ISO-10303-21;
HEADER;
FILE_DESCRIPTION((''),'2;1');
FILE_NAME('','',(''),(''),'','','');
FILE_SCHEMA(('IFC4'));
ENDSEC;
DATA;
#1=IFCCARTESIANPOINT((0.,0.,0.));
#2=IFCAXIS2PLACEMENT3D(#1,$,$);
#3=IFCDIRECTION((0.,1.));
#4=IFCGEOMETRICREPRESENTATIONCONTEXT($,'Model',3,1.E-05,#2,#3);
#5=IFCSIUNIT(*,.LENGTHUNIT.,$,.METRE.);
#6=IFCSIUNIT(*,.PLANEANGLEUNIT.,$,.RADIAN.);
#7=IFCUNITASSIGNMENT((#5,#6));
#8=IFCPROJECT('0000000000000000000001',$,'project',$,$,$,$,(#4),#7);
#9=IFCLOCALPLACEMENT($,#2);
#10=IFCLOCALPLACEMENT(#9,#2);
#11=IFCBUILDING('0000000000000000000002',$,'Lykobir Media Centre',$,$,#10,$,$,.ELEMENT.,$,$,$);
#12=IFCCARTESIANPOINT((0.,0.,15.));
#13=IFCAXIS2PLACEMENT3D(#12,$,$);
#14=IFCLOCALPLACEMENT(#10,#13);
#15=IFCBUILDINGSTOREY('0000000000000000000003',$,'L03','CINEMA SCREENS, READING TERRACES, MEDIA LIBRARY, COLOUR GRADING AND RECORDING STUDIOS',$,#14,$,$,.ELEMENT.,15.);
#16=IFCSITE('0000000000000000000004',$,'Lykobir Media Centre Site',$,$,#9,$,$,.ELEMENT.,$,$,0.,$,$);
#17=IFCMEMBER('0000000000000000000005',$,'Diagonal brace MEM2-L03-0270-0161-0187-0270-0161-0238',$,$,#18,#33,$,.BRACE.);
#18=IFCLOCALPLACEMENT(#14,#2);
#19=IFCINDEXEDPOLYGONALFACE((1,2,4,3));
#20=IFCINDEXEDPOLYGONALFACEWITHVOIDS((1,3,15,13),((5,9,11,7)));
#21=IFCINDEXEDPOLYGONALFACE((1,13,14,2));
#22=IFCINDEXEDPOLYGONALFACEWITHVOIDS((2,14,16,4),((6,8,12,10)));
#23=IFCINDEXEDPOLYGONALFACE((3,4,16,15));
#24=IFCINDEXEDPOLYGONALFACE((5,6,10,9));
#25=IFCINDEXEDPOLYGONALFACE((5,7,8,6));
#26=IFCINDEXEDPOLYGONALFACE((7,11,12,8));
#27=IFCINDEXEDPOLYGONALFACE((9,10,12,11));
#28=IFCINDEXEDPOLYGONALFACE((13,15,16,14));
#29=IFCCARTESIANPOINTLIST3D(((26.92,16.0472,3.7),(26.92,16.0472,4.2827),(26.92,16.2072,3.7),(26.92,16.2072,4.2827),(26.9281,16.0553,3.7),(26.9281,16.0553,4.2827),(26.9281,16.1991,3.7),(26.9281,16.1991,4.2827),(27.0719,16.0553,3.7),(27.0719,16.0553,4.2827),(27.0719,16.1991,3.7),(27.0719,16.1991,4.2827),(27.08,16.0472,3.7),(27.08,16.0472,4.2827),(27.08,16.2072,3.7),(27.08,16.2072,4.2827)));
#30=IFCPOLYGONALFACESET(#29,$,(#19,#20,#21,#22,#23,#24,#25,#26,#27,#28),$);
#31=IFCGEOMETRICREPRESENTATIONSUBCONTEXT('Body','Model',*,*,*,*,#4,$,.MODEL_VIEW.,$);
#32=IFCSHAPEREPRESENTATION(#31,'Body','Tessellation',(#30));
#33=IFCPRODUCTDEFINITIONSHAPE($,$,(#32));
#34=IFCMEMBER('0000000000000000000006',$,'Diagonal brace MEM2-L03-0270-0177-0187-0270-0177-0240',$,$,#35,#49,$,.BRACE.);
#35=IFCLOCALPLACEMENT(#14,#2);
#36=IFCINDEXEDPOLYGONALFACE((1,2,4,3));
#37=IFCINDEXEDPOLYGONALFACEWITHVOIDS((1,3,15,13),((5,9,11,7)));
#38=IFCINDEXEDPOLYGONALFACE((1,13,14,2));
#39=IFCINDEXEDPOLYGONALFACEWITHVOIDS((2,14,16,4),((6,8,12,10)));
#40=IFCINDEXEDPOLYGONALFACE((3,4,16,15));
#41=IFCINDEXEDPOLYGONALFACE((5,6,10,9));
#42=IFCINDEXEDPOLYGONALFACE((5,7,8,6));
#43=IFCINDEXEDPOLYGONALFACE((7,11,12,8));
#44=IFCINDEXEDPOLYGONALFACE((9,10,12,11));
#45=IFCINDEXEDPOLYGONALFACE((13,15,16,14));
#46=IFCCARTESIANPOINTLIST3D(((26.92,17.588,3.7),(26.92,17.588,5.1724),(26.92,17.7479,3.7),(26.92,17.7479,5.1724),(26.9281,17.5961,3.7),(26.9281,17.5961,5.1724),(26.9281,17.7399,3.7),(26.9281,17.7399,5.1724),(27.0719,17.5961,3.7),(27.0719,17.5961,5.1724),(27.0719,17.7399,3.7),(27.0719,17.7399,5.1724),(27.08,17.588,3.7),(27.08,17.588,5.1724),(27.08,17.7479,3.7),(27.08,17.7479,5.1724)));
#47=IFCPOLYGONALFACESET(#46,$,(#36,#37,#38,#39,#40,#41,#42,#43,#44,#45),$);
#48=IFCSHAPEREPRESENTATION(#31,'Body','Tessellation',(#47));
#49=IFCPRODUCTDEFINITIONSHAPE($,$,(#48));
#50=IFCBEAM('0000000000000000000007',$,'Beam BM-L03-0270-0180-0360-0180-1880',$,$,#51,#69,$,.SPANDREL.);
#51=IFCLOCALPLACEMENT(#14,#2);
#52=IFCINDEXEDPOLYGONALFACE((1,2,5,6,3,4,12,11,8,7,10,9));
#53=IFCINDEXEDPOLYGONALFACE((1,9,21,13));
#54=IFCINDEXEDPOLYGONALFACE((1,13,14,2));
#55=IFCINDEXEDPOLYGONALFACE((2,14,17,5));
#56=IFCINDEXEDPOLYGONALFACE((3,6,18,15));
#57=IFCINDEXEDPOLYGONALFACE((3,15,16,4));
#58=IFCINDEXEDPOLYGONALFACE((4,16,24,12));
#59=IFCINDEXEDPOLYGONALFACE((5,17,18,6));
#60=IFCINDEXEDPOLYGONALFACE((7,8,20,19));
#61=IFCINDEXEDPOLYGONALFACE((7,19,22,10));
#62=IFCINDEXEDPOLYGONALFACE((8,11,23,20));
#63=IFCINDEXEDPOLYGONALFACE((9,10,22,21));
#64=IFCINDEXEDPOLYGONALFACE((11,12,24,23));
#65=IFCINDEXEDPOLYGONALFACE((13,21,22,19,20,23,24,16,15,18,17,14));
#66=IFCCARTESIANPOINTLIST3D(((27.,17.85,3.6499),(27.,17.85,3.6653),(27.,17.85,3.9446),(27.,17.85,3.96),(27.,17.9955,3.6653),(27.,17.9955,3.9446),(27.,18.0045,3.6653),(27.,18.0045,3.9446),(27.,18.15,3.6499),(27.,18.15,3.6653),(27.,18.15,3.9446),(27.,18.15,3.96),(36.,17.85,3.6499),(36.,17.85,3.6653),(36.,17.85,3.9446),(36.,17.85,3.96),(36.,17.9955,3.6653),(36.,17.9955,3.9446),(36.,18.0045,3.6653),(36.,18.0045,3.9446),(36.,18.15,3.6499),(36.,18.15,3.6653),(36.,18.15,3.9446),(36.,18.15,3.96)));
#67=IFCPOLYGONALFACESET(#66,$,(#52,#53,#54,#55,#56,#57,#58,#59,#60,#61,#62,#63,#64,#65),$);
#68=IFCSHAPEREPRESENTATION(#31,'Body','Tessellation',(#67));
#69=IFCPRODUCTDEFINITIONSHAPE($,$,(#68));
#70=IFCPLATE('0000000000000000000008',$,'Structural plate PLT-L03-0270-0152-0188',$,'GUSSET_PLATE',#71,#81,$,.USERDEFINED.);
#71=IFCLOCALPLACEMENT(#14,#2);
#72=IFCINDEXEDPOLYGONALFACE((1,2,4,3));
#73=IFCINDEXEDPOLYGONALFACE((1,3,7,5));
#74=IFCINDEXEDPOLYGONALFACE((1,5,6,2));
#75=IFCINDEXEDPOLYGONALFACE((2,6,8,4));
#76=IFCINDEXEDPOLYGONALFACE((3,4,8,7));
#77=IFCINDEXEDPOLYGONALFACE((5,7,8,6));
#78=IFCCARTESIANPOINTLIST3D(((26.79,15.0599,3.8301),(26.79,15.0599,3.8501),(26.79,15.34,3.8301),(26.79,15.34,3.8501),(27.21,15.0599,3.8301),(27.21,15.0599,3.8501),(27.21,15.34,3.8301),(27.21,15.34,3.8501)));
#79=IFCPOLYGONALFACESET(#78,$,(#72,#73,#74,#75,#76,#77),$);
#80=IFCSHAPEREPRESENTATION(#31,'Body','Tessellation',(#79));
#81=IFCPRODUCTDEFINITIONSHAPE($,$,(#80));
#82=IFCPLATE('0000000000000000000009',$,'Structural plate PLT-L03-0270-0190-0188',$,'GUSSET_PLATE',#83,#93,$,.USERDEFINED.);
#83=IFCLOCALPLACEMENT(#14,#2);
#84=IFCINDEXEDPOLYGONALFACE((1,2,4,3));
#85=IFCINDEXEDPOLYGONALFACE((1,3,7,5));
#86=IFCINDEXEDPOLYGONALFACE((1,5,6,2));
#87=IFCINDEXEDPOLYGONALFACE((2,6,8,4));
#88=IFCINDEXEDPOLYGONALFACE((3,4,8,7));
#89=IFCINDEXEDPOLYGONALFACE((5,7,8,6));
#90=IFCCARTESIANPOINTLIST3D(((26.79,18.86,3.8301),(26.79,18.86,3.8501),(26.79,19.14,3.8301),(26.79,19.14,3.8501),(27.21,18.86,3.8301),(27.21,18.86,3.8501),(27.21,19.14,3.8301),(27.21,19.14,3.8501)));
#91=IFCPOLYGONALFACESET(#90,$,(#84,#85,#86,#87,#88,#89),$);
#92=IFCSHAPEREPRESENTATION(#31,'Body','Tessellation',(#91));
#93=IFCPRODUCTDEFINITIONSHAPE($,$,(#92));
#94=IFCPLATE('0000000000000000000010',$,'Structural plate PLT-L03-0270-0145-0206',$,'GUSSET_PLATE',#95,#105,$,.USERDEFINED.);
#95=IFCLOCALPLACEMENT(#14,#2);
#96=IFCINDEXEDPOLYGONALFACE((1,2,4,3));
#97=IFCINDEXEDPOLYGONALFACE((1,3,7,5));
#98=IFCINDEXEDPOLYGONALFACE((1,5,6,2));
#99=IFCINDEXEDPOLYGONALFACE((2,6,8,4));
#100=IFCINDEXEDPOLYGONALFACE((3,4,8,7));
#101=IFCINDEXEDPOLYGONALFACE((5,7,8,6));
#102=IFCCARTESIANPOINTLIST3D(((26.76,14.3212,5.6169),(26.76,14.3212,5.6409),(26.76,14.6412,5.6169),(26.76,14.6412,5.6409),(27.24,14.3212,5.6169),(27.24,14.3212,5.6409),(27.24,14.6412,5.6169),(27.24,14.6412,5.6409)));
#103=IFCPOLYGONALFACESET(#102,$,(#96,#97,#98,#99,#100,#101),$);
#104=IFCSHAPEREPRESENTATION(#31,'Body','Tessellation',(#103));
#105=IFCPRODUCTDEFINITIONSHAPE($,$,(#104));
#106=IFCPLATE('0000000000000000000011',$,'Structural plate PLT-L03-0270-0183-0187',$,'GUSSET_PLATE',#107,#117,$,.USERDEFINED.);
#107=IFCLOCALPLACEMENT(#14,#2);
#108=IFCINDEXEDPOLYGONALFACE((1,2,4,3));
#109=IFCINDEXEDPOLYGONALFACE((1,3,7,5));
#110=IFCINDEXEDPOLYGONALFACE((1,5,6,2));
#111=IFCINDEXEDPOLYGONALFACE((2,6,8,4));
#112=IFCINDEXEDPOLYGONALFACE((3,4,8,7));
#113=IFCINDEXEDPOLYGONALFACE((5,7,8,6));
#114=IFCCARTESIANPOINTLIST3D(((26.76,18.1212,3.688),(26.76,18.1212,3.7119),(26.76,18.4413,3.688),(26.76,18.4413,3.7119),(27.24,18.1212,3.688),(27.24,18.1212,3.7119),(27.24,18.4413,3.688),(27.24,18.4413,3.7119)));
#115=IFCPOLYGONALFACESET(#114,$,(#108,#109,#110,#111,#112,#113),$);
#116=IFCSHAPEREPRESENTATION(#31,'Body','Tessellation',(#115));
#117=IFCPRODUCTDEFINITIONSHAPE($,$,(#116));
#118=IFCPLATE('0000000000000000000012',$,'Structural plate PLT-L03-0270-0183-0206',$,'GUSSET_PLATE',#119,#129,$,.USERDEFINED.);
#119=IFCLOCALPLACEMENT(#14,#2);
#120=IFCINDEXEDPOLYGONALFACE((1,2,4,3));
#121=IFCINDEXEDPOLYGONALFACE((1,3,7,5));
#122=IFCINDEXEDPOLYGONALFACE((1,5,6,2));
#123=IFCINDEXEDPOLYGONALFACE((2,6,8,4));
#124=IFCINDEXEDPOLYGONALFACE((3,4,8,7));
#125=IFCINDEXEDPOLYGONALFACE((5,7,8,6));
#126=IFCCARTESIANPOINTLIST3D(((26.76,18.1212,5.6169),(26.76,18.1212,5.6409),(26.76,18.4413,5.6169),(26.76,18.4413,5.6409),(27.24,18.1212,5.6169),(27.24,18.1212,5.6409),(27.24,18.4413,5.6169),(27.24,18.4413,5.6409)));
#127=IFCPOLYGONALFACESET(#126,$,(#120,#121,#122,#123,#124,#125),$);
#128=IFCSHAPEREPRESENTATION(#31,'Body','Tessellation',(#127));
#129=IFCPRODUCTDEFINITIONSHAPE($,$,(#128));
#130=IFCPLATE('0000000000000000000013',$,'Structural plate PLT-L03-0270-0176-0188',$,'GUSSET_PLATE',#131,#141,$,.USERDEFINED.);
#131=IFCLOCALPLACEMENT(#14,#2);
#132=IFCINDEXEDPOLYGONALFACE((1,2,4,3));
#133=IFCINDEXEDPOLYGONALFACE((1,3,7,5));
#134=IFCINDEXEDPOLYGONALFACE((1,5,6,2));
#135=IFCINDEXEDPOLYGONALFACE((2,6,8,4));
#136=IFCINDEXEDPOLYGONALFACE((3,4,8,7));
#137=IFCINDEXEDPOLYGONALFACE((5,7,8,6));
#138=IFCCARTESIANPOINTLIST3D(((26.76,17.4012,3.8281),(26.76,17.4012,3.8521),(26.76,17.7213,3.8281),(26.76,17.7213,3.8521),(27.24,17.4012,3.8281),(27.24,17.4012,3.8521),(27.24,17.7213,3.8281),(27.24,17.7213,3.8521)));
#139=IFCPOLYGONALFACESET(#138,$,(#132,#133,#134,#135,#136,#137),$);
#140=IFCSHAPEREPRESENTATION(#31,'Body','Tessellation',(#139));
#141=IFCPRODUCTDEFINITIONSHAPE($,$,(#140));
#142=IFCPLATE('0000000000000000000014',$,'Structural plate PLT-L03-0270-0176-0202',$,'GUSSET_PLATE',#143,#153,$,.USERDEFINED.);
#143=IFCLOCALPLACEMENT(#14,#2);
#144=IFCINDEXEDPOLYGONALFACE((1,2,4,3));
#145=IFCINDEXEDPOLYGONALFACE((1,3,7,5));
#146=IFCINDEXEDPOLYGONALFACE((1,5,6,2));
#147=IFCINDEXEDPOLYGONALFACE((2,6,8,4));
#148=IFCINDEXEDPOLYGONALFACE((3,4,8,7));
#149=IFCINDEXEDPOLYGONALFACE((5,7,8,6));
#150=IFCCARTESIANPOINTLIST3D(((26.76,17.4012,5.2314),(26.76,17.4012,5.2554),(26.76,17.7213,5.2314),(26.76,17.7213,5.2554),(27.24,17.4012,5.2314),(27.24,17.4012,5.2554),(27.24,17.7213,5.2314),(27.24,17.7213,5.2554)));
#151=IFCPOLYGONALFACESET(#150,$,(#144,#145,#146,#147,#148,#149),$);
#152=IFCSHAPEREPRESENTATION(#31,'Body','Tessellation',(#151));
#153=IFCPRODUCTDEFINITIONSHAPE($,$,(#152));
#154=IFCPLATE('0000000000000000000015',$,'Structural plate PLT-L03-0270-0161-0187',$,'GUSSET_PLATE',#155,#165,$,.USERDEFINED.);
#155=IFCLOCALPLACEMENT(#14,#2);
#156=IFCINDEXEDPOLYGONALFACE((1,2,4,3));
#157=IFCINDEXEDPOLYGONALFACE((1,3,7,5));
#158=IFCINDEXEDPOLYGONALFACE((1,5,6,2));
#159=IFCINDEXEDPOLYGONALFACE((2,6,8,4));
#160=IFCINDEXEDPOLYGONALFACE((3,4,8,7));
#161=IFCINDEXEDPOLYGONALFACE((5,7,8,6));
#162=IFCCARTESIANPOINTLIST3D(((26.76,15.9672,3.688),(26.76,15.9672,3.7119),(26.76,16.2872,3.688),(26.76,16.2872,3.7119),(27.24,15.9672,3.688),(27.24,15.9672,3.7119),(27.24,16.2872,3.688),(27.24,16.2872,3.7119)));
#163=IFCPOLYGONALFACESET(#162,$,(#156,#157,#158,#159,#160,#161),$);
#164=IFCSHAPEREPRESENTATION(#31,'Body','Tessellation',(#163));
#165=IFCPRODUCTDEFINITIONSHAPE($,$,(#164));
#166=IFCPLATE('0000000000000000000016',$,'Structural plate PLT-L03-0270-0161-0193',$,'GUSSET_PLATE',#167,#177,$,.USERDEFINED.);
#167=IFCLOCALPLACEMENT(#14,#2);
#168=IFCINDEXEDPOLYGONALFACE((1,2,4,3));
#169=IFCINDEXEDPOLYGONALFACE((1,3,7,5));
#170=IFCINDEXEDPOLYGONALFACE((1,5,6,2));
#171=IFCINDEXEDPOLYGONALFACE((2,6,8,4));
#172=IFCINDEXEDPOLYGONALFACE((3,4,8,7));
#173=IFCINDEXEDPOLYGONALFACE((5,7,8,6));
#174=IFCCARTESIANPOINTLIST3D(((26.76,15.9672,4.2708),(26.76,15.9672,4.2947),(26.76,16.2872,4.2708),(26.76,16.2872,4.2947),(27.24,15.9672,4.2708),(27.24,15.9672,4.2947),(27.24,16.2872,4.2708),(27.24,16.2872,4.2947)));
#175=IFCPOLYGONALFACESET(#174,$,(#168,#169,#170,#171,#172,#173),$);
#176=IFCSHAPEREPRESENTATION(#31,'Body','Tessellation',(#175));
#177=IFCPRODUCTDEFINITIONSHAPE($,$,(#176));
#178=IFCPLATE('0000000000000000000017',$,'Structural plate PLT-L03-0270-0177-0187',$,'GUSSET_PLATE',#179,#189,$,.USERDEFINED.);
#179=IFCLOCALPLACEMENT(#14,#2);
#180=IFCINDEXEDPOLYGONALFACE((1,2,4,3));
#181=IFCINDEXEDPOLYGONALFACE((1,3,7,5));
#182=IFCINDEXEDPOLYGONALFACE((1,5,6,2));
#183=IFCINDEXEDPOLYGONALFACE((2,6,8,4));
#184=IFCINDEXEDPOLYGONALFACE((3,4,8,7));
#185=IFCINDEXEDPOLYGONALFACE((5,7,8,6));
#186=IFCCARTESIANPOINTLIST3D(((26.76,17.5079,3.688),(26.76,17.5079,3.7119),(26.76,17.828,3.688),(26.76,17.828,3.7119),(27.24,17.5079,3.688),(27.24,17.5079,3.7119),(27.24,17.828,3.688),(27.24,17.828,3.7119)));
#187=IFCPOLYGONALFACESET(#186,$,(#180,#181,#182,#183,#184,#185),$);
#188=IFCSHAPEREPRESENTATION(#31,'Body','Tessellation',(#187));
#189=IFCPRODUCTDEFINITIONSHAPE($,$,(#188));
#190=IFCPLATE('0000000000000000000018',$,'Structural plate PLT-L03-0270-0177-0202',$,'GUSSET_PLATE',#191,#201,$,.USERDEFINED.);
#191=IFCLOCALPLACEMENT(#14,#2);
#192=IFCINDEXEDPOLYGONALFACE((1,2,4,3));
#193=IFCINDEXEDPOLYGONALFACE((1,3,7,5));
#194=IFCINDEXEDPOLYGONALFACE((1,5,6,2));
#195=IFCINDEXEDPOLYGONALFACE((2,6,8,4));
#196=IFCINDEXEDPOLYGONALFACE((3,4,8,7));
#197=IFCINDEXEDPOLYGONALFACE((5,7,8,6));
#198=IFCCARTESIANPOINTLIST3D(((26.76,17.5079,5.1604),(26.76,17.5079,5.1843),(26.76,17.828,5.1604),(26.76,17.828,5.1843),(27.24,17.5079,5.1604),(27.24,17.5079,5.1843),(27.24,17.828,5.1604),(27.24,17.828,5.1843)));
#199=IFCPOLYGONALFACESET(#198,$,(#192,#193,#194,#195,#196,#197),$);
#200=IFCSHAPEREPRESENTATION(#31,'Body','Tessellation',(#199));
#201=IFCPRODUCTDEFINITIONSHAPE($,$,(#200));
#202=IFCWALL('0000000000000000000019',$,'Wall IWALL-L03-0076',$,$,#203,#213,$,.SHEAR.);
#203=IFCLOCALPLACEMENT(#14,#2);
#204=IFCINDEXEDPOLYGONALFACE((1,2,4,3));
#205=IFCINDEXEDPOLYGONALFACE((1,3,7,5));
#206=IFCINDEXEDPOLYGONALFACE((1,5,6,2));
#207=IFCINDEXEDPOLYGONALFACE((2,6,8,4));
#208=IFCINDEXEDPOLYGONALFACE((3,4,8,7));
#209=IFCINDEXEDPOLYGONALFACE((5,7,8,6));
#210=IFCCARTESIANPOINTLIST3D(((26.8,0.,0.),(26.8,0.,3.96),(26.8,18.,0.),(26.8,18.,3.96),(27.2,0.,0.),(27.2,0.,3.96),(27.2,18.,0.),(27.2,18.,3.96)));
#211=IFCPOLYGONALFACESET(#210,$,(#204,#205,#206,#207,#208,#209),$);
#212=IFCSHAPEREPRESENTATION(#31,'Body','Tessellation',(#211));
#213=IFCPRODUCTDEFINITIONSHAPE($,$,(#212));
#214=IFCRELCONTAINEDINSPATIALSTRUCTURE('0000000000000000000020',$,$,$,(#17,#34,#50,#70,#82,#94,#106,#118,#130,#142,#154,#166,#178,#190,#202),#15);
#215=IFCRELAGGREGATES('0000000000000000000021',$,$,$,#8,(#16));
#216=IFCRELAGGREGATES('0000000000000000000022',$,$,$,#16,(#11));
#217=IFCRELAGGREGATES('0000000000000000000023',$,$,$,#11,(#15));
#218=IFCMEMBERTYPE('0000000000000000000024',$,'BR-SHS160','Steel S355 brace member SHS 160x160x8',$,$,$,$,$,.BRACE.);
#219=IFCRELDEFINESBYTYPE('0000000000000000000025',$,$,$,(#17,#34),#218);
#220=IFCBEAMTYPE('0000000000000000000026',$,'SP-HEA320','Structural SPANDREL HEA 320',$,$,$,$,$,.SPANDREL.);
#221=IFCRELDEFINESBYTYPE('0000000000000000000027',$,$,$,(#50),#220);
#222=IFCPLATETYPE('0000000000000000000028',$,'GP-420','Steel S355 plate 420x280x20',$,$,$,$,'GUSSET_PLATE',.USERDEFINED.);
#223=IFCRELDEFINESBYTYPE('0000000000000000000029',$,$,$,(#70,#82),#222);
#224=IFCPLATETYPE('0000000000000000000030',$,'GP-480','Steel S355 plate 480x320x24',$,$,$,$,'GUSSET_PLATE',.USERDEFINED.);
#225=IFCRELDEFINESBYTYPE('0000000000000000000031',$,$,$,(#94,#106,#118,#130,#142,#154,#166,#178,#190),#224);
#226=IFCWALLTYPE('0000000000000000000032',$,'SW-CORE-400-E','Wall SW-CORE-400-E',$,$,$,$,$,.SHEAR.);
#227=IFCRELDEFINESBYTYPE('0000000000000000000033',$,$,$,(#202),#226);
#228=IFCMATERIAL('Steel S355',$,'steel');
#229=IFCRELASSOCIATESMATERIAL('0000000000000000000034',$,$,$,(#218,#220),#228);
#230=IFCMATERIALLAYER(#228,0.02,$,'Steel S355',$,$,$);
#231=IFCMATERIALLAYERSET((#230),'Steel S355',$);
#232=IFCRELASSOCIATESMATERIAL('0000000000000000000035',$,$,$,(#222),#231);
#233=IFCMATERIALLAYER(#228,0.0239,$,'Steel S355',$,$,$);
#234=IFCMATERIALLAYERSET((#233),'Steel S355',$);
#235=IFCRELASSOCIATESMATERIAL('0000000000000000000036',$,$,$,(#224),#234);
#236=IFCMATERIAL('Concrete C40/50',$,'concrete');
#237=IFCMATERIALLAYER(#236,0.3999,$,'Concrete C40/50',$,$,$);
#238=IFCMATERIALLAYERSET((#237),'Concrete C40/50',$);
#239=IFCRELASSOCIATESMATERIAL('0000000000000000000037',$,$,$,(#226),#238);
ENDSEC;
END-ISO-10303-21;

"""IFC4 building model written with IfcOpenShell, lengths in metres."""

from ifc_helpers import new_model, si_unit, direction, frame, frame_2d, origin, origin_2d, place, context, subcontext, project, spatial, rectangle, hollow_rectangle, i_section, extrude, material, layer, layer_set, material_profile, profile_set, type_object, element, save


model = new_model("IFC4")

# Units and contexts
model_context = context("Model", 3, precision=1e-05, world=origin(), true_north=direction((0.0, 1.0)))
body_context = subcontext(model_context, "Body", "Model", "MODEL_VIEW")
ifc_project = project(units=[si_unit("LENGTHUNIT", "METRE"), si_unit("PLANEANGLEUNIT", "RADIAN")], contexts=[model_context])

# Site, building, storey
site_placement = place(None, origin())
site = spatial("IfcSite", under=ifc_project, at=site_placement, Name="Lykobir Media Centre Site", CompositionType="ELEMENT", RefElevation=0.0)
building_placement = place(site_placement, origin())
building = spatial("IfcBuilding", under=site, at=building_placement, Name="Lykobir Media Centre", CompositionType="ELEMENT")
storey_placement = place(building_placement, frame((0.0, 0.0, 15.0)))
storey = spatial("IfcBuildingStorey", under=building, at=storey_placement, Name="L03", Description="CINEMA SCREENS, READING TERRACES, MEDIA LIBRARY, COLOUR GRADING AND RECORDING STUDIOS", CompositionType="ELEMENT", Elevation=15.0)

# Shared definitions
ifc_material_1 = material(Name="Steel S355", Category="steel")

# Members
ifc_material_profile_1 = material_profile(ifc_material_1, hollow_rectangle(XDim=0.1599, YDim=0.1599, WallThickness=0.0081, at=origin_2d()), Name="SHS 160x160x8")
ifc_profile_set_1 = profile_set([ifc_material_profile_1], Name="Steel S355")
member_type_1 = type_object("IfcMemberType", Name="BR-SHS160", Description="Steel S355 brace member SHS 160x160x8", PredefinedType="BRACE", material=ifc_profile_set_1)
member_1_placement = place(storey_placement, frame((27.0, 16.1272, 3.7), z_axis=(0.0, 0.0, 1.0), x_axis=(1.0, 0.0, 0.0)))
element("IfcMember", 1, at=member_1_placement, inside=storey, type_object=member_type_1, Name="Diagonal brace MEM2-L03-0270-0161-0187-0270-0161-0238", PredefinedType="BRACE", context=body_context, shape_type="SweptSolid", body=[
    extrude(hollow_rectangle(XDim=0.1599, YDim=0.1599, WallThickness=0.0081, at=origin_2d()), origin(), (0.0, 0.0, 1.0), 0.5828),
])
member_2_placement = place(storey_placement, frame((27.0, 17.668, 3.7), z_axis=(0.0, 0.0, 1.0), x_axis=(1.0, 0.0, 0.0)))
element("IfcMember", 2, at=member_2_placement, inside=storey, type_object=member_type_1, Name="Diagonal brace MEM2-L03-0270-0177-0187-0270-0177-0240", PredefinedType="BRACE", context=body_context, shape_type="SweptSolid", body=[
    extrude(hollow_rectangle(XDim=0.1599, YDim=0.1599, WallThickness=0.0081, at=origin_2d()), origin(), (0.0, 0.0, 1.0), 1.4724),
])

# Beam
ifc_material_profile_2 = material_profile(ifc_material_1, i_section(OverallWidth=0.3, OverallDepth=0.3101, WebThickness=0.009, FlangeThickness=0.0154, at=origin_2d()), Name="HEA 320")
ifc_profile_set_2 = profile_set([ifc_material_profile_2], Name="Steel S355")
beam_type_1 = type_object("IfcBeamType", Name="SP-HEA320", Description="Structural SPANDREL HEA 320", PredefinedType="SPANDREL", material=ifc_profile_set_2)
beam_1_placement = place(storey_placement, frame((27.0, 18.0, 3.8049), z_axis=(1.0, 0.0, 0.0), x_axis=(0.0, 1.0, 0.0)))
element("IfcBeam", 3, at=beam_1_placement, inside=storey, type_object=beam_type_1, Name="Beam BM-L03-0270-0180-0360-0180-1880", PredefinedType="SPANDREL", context=body_context, shape_type="SweptSolid", body=[
    extrude(i_section(OverallWidth=0.3, OverallDepth=0.3101, WebThickness=0.009, FlangeThickness=0.0154, at=origin_2d()), origin(), (0.0, 0.0, 1.0), 9.0),
])

# Plates
ifc_layer_1 = layer(ifc_material_1, 0.02, Name="Steel S355")
ifc_layer_set_1 = layer_set([ifc_layer_1], Name="Steel S355")
plate_type_1 = type_object("IfcPlateType", Name="GP-420", Description="Steel S355 plate 420x280x20", ElementType="GUSSET_PLATE", PredefinedType="USERDEFINED", material=ifc_layer_set_1)
for number, where, z_axis, x_axis, name in (
    (4, (27.0, 15.2, 3.8301), (0.0, 0.0, 1.0), (1.0, 0.0, 0.0), "Structural plate PLT-L03-0270-0152-0188"),
    (5, (27.0, 19.0, 3.8301), (0.0, 0.0, 1.0), (1.0, 0.0, 0.0), "Structural plate PLT-L03-0270-0190-0188"),
):
    element("IfcPlate", number, at=place(storey_placement, frame(where, z_axis=z_axis, x_axis=x_axis)), inside=storey, type_object=plate_type_1, Name=name, ObjectType="GUSSET_PLATE", PredefinedType="USERDEFINED", context=body_context, shape_type="SweptSolid", body=[
        extrude(rectangle(XDim=0.4199, YDim=0.28, at=origin_2d()), origin(), (0.0, 0.0, 1.0), 0.02),
    ])
ifc_layer_2 = layer(ifc_material_1, 0.0239, Name="Steel S355")
ifc_layer_set_2 = layer_set([ifc_layer_2], Name="Steel S355")
plate_type_2 = type_object("IfcPlateType", Name="GP-480", Description="Steel S355 plate 480x320x24", ElementType="GUSSET_PLATE", PredefinedType="USERDEFINED", material=ifc_layer_set_2)
for number, where, z_axis, x_axis, name in (
    (6, (27.0, 14.4812, 5.6169), (0.0, 0.0, 1.0), (1.0, 0.0, 0.0), "Structural plate PLT-L03-0270-0145-0206"),
    (7, (27.0, 18.2812, 3.688), (0.0, 0.0, 1.0), (1.0, 0.0, 0.0), "Structural plate PLT-L03-0270-0183-0187"),
    (8, (27.0, 18.2812, 5.6169), (0.0, 0.0, 1.0), (1.0, 0.0, 0.0), "Structural plate PLT-L03-0270-0183-0206"),
    (9, (27.0, 17.5613, 3.8281), (0.0, 0.0, 1.0), (1.0, 0.0, 0.0), "Structural plate PLT-L03-0270-0176-0188"),
    (10, (27.0, 17.5613, 5.2314), (0.0, 0.0, 1.0), (1.0, 0.0, 0.0), "Structural plate PLT-L03-0270-0176-0202"),
    (11, (27.0, 16.1272, 3.688), (0.0, 0.0, 1.0), (1.0, 0.0, 0.0), "Structural plate PLT-L03-0270-0161-0187"),
    (12, (27.0, 16.1272, 4.2708), (0.0, 0.0, 1.0), (1.0, 0.0, 0.0), "Structural plate PLT-L03-0270-0161-0193"),
    (13, (27.0, 17.668, 3.688), (0.0, 0.0, 1.0), (1.0, 0.0, 0.0), "Structural plate PLT-L03-0270-0177-0187"),
    (14, (27.0, 17.668, 5.1604), (0.0, 0.0, 1.0), (1.0, 0.0, 0.0), "Structural plate PLT-L03-0270-0177-0202"),
):
    element("IfcPlate", number, at=place(storey_placement, frame(where, z_axis=z_axis, x_axis=x_axis)), inside=storey, type_object=plate_type_2, Name=name, ObjectType="GUSSET_PLATE", PredefinedType="USERDEFINED", context=body_context, shape_type="SweptSolid", body=[
        extrude(rectangle(XDim=0.48, YDim=0.3201, at=origin_2d()), origin(), (0.0, 0.0, 1.0), 0.0239),
    ])

# Wall
ifc_material_2 = material(Name="Concrete C40/50", Category="concrete")
ifc_layer_3 = layer(ifc_material_2, 0.3999, Name="Concrete C40/50")
ifc_layer_set_3 = layer_set([ifc_layer_3], Name="Concrete C40/50")
wall_type = type_object("IfcWallType", Name="SW-CORE-400-E", Description="Wall SW-CORE-400-E", PredefinedType="SHEAR", material=ifc_layer_set_3)
wall_placement = place(storey_placement, frame((27.0, 18.0, 0.0), z_axis=(0.0, 0.0, 1.0), x_axis=(0.0, -1.0, 0.0)))
element("IfcWall", 15, at=wall_placement, inside=storey, type_object=wall_type, Name="Wall IWALL-L03-0076", PredefinedType="SHEAR", context=body_context, shape_type="SweptSolid", body=[
    extrude(rectangle(XDim=18.0, YDim=0.3999, at=frame_2d((9.0, 0.0))), origin(), (0.0, 0.0, 1.0), 3.96),
])

save(model, "model.ifc")
